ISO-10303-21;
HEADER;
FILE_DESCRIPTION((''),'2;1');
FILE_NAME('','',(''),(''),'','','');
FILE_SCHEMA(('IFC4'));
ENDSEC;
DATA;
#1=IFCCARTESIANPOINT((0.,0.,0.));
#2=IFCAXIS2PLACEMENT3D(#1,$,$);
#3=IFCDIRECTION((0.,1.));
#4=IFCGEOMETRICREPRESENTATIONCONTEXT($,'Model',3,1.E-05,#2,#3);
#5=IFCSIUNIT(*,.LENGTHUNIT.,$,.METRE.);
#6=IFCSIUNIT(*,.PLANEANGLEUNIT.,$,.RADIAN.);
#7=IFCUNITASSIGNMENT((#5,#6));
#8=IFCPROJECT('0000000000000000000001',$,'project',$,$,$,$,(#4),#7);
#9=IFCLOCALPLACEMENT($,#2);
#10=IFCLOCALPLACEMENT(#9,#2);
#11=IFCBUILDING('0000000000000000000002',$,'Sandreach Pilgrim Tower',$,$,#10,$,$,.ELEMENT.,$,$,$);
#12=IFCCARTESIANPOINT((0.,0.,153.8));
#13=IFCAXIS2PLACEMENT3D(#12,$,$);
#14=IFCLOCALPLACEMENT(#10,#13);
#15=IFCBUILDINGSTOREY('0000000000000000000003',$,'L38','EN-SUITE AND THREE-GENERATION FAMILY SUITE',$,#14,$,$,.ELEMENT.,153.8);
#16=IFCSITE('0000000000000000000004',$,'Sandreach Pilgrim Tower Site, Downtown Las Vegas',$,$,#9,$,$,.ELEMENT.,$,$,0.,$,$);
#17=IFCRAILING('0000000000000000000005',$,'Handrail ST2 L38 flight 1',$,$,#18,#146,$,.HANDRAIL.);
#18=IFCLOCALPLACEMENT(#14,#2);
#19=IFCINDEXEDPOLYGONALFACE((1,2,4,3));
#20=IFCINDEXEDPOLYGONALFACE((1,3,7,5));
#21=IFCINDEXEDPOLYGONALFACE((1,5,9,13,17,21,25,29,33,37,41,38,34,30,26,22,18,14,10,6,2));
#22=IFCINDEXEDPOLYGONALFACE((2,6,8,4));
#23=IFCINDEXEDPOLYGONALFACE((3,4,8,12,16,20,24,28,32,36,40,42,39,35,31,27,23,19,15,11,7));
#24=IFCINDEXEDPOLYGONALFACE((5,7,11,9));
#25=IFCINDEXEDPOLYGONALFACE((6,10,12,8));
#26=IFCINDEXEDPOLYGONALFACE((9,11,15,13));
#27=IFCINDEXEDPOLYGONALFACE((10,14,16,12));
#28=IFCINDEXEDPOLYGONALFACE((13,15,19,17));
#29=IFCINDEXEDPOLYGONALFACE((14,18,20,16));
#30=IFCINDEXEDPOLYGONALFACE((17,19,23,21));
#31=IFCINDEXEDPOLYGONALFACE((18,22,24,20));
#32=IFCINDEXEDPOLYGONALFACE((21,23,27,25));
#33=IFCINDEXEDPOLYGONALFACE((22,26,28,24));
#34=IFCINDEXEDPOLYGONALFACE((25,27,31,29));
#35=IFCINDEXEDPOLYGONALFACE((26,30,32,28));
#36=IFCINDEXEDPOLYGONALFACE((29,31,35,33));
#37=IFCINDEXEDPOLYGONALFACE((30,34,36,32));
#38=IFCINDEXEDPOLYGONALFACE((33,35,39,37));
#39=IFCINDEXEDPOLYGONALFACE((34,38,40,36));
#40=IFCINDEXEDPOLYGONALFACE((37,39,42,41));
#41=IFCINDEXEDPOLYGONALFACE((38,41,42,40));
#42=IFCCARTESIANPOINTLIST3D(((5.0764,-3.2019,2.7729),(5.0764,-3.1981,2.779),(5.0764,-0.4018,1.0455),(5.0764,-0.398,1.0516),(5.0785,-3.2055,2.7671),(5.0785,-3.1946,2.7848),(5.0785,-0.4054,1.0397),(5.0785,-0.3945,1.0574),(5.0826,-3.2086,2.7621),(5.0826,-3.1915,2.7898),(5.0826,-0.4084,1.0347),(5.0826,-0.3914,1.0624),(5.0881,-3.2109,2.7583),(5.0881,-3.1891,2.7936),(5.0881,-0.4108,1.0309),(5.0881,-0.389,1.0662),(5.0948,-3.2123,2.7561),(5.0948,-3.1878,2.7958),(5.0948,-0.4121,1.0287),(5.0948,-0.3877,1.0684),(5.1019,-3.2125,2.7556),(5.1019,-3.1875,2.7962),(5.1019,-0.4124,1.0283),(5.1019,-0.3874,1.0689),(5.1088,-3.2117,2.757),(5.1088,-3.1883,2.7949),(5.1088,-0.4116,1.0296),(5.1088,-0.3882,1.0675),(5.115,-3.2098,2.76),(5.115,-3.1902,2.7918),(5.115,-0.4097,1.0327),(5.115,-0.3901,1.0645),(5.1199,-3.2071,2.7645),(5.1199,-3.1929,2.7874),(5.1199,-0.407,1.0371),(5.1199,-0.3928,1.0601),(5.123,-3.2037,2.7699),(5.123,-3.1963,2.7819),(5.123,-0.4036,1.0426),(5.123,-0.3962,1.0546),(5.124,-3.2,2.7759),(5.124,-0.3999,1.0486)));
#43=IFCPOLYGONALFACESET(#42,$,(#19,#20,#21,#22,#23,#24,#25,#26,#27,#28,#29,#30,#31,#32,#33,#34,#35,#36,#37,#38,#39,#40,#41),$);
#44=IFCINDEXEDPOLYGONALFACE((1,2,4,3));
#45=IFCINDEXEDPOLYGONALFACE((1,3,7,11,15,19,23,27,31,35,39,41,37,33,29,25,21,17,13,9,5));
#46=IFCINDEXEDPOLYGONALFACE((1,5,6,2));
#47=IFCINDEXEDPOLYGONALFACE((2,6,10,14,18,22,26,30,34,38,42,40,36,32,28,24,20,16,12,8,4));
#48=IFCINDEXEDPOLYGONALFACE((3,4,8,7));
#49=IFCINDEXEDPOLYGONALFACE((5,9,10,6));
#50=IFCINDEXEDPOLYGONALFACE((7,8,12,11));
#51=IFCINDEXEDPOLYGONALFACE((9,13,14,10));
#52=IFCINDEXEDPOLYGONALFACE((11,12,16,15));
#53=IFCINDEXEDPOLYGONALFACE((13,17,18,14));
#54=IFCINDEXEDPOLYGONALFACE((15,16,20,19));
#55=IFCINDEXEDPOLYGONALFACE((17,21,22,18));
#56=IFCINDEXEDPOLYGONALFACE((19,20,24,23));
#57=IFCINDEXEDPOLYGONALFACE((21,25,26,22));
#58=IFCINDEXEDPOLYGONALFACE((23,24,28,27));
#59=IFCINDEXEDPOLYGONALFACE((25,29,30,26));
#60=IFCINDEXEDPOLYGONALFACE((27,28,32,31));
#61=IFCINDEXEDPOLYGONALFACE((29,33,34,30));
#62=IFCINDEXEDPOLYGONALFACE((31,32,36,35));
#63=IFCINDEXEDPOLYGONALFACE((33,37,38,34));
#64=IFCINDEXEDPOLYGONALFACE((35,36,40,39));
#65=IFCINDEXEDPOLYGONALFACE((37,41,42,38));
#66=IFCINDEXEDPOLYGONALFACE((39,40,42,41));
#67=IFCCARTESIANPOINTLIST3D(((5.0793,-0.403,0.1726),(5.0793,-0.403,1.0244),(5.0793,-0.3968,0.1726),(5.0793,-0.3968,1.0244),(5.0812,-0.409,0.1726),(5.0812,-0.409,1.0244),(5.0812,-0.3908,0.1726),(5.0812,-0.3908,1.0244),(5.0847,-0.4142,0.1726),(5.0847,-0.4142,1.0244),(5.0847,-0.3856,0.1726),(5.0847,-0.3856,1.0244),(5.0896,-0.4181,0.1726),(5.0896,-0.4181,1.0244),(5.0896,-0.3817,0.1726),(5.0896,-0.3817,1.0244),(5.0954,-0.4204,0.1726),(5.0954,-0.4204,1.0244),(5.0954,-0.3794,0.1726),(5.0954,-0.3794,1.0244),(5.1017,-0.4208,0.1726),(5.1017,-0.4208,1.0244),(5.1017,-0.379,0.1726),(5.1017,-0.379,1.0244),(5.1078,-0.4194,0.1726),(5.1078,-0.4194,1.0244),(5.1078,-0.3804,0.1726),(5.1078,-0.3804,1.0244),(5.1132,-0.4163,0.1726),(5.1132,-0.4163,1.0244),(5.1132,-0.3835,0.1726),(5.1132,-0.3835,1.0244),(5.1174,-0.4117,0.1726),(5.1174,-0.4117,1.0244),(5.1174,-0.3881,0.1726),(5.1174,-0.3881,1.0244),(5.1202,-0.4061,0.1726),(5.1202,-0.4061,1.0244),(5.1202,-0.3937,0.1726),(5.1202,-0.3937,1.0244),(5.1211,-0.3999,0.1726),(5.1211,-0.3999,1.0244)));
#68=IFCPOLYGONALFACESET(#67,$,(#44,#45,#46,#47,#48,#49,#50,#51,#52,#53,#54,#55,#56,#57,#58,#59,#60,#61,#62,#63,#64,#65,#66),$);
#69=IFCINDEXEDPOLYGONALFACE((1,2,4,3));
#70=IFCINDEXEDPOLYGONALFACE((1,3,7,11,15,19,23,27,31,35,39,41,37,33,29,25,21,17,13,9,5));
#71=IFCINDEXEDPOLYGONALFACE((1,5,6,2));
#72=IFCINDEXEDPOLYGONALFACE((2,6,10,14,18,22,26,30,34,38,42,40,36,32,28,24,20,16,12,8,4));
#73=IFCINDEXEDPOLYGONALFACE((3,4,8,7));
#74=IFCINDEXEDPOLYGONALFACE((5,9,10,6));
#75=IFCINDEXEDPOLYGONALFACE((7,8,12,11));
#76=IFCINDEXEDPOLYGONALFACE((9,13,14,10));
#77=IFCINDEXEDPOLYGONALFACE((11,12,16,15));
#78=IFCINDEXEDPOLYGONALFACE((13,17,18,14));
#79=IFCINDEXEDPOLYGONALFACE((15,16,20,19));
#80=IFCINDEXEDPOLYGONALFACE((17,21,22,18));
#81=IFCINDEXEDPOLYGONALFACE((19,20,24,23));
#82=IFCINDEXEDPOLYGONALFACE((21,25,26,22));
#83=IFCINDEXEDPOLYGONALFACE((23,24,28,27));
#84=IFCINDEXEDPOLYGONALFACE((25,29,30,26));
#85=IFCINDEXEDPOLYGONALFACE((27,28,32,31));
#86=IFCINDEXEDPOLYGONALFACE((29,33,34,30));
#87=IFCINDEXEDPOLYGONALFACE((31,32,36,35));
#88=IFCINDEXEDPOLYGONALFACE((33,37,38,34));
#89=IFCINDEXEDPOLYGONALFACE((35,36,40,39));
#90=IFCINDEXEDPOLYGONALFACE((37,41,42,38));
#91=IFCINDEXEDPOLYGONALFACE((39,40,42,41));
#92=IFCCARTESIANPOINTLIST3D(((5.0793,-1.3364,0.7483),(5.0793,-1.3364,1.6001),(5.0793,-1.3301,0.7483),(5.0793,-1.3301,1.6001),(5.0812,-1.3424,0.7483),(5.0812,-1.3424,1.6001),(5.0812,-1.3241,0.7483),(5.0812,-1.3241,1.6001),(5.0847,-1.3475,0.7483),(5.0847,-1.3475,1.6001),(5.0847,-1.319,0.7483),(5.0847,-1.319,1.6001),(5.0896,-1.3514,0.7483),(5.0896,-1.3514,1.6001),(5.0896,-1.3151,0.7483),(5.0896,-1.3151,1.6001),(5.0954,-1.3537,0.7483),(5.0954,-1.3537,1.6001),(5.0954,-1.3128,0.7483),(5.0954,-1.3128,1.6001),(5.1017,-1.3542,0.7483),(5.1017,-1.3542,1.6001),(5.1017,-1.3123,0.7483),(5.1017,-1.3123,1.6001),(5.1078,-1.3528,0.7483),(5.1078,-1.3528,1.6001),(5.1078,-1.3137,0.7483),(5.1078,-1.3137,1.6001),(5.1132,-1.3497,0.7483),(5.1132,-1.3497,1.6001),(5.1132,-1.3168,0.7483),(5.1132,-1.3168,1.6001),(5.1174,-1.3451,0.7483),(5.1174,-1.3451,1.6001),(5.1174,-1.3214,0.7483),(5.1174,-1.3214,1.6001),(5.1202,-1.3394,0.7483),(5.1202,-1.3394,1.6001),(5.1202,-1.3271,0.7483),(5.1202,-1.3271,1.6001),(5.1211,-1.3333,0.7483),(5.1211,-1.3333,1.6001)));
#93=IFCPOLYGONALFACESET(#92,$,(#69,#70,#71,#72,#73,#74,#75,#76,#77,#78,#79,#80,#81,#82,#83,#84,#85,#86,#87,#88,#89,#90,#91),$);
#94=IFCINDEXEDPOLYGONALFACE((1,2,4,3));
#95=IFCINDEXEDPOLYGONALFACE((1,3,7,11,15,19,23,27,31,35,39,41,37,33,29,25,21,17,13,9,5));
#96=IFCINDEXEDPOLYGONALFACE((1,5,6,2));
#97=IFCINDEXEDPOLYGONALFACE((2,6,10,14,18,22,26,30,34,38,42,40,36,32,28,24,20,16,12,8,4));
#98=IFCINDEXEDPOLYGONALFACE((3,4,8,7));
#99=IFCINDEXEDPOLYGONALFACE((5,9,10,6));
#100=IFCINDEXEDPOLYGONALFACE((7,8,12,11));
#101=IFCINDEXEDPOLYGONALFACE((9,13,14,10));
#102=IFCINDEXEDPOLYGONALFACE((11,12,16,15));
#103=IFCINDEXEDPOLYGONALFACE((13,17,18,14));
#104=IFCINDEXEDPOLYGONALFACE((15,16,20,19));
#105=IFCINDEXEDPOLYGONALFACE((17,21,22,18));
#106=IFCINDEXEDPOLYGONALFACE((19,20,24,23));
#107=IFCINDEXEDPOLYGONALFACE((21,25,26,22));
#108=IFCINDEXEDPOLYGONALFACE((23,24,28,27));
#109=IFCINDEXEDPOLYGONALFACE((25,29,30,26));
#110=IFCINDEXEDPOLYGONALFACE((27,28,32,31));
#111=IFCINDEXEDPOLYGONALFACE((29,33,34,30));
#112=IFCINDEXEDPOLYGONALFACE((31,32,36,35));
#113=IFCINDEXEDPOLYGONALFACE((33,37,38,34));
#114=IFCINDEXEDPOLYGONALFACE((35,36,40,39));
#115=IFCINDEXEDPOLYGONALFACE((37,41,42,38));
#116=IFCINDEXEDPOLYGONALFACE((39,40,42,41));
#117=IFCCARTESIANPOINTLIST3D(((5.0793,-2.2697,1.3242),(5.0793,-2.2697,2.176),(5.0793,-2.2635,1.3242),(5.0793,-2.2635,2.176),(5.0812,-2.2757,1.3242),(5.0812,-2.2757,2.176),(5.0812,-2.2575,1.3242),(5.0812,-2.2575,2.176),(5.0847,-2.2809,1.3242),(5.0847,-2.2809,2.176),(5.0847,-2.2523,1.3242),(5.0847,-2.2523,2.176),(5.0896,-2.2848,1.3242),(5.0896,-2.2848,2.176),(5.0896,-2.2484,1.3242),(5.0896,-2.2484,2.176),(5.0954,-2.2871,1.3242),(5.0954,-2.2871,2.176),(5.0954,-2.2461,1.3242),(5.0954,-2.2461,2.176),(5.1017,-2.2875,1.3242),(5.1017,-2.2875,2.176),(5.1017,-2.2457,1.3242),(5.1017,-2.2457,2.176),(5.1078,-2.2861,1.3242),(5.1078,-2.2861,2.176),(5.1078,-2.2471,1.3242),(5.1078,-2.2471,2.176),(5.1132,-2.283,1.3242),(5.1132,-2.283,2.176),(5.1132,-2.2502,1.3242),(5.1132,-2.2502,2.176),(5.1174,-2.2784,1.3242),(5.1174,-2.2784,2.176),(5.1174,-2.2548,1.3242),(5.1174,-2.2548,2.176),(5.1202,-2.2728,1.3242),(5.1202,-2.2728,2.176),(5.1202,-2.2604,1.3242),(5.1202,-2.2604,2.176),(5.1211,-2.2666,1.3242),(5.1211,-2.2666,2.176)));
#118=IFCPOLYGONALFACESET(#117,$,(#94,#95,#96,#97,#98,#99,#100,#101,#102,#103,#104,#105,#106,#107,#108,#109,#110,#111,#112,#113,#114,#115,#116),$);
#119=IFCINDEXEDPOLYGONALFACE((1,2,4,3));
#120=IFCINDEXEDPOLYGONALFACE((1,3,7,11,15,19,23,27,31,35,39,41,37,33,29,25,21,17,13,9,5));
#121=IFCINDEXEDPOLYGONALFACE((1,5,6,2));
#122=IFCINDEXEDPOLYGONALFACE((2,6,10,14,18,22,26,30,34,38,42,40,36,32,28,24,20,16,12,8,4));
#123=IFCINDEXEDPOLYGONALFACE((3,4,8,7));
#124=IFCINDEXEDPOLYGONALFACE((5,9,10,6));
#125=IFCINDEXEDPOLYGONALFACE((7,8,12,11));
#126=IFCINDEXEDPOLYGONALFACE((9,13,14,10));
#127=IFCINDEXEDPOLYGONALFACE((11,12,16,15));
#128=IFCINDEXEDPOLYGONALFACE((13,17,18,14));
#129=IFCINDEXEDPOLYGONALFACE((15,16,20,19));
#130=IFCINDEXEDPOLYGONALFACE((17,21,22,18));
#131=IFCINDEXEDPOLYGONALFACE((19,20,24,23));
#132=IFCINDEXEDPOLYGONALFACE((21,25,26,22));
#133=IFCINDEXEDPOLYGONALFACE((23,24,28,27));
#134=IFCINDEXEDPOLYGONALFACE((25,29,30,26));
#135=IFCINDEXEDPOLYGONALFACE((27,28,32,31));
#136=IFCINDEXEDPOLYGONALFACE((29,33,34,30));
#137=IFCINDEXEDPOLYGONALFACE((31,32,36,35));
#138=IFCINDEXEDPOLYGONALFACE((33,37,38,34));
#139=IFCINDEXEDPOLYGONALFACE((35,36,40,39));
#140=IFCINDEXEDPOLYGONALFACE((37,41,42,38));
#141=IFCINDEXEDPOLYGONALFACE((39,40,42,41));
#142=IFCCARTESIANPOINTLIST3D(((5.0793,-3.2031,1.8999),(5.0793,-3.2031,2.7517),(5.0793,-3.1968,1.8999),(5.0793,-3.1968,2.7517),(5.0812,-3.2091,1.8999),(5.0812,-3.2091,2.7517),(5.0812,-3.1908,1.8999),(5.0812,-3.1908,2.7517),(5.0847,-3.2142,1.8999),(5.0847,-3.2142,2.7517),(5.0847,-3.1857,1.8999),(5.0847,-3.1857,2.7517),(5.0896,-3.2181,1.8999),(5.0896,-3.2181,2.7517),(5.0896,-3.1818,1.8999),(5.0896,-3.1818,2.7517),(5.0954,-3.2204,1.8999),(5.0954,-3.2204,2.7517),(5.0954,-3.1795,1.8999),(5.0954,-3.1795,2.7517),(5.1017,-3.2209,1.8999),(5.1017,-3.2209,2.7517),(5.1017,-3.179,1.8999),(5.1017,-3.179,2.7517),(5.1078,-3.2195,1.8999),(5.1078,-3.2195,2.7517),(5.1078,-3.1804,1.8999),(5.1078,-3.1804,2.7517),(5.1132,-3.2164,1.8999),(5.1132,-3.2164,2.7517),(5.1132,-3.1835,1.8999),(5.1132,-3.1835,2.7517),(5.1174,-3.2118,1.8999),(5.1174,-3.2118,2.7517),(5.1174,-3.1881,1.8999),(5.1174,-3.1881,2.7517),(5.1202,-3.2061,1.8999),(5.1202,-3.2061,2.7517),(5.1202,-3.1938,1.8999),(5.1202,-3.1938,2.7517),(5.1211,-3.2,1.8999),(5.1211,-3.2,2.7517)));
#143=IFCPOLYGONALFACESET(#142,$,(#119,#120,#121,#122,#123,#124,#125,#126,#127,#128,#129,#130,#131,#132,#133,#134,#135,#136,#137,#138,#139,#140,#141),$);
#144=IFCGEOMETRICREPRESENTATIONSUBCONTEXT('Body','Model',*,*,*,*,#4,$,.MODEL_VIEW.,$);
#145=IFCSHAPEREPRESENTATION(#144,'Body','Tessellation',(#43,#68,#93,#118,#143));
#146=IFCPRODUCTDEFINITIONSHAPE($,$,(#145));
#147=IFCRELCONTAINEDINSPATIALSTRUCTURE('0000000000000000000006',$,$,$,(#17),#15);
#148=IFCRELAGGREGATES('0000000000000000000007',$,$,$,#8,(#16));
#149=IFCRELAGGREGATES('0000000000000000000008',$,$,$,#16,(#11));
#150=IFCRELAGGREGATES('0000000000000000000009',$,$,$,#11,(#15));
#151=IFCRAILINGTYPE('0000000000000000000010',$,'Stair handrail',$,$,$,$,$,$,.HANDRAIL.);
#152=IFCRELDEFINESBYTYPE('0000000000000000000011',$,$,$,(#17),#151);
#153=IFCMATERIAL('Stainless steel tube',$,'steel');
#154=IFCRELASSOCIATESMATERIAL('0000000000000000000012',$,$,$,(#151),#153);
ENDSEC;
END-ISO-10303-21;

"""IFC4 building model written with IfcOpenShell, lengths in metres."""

from ifc_helpers import new_model, si_unit, direction, frame, origin, origin_2d, place, context, subcontext, project, spatial, circle, extrude, material, type_object, element, save


model = new_model("IFC4")

# Units and contexts
model_context = context("Model", 3, precision=1e-05, world=origin(), true_north=direction((0.0, 1.0)))
body_context = subcontext(model_context, "Body", "Model", "MODEL_VIEW")
ifc_project = project(units=[si_unit("LENGTHUNIT", "METRE"), si_unit("PLANEANGLEUNIT", "RADIAN")], contexts=[model_context])

# Site, building, storey
site_placement = place(None, origin())
site = spatial("IfcSite", under=ifc_project, at=site_placement, Name="Sandreach Pilgrim Tower Site, Downtown Las Vegas", CompositionType="ELEMENT", RefElevation=0.0)
building_placement = place(site_placement, origin())
building = spatial("IfcBuilding", under=site, at=building_placement, Name="Sandreach Pilgrim Tower", CompositionType="ELEMENT")
storey_placement = place(building_placement, frame((0.0, 0.0, 153.8)))
storey = spatial("IfcBuildingStorey", under=building, at=storey_placement, Name="L38", Description="EN-SUITE AND THREE-GENERATION FAMILY SUITE", CompositionType="ELEMENT", Elevation=153.8)

# Railing
ifc_material_1 = material(Name="Stainless steel tube", Category="steel")
railing_type = type_object("IfcRailingType", Name="Stair handrail", PredefinedType="HANDRAIL", material=ifc_material_1)
for number, where, name in (
    (1, (5.1001, -0.3999, 0.1726), "Handrail ST2 L38 flight 1"),
):
    element("IfcRailing", number, at=place(storey_placement, frame(where)), inside=storey, type_object=railing_type, Name=name, PredefinedType="HANDRAIL", context=body_context, shape_type="SweptSolid", body=[
        extrude(circle(Radius=0.0239, at=origin_2d()), frame((0.0, 0.0, 0.876), z_axis=(0.0, -0.85109, 0.52502), x_axis=(1.0, 0.0, 0.0)), (0.0, 0.0, 1.0), 3.29),
        extrude(circle(Radius=0.021, at=origin_2d()), origin(), (0.0, 0.0, 1.0), 0.8518),
        extrude(circle(Radius=0.021, at=origin_2d()), frame((0.0, -0.9333, 0.5757)), (0.0, 0.0, 1.0), 0.8518),
        extrude(circle(Radius=0.021, at=origin_2d()), frame((0.0, -1.8667, 1.1516)), (0.0, 0.0, 1.0), 0.8518),
        extrude(circle(Radius=0.021, at=origin_2d()), frame((0.0, -2.8, 1.7273)), (0.0, 0.0, 1.0), 0.8518),
    ])

save(model, "model.ifc")
